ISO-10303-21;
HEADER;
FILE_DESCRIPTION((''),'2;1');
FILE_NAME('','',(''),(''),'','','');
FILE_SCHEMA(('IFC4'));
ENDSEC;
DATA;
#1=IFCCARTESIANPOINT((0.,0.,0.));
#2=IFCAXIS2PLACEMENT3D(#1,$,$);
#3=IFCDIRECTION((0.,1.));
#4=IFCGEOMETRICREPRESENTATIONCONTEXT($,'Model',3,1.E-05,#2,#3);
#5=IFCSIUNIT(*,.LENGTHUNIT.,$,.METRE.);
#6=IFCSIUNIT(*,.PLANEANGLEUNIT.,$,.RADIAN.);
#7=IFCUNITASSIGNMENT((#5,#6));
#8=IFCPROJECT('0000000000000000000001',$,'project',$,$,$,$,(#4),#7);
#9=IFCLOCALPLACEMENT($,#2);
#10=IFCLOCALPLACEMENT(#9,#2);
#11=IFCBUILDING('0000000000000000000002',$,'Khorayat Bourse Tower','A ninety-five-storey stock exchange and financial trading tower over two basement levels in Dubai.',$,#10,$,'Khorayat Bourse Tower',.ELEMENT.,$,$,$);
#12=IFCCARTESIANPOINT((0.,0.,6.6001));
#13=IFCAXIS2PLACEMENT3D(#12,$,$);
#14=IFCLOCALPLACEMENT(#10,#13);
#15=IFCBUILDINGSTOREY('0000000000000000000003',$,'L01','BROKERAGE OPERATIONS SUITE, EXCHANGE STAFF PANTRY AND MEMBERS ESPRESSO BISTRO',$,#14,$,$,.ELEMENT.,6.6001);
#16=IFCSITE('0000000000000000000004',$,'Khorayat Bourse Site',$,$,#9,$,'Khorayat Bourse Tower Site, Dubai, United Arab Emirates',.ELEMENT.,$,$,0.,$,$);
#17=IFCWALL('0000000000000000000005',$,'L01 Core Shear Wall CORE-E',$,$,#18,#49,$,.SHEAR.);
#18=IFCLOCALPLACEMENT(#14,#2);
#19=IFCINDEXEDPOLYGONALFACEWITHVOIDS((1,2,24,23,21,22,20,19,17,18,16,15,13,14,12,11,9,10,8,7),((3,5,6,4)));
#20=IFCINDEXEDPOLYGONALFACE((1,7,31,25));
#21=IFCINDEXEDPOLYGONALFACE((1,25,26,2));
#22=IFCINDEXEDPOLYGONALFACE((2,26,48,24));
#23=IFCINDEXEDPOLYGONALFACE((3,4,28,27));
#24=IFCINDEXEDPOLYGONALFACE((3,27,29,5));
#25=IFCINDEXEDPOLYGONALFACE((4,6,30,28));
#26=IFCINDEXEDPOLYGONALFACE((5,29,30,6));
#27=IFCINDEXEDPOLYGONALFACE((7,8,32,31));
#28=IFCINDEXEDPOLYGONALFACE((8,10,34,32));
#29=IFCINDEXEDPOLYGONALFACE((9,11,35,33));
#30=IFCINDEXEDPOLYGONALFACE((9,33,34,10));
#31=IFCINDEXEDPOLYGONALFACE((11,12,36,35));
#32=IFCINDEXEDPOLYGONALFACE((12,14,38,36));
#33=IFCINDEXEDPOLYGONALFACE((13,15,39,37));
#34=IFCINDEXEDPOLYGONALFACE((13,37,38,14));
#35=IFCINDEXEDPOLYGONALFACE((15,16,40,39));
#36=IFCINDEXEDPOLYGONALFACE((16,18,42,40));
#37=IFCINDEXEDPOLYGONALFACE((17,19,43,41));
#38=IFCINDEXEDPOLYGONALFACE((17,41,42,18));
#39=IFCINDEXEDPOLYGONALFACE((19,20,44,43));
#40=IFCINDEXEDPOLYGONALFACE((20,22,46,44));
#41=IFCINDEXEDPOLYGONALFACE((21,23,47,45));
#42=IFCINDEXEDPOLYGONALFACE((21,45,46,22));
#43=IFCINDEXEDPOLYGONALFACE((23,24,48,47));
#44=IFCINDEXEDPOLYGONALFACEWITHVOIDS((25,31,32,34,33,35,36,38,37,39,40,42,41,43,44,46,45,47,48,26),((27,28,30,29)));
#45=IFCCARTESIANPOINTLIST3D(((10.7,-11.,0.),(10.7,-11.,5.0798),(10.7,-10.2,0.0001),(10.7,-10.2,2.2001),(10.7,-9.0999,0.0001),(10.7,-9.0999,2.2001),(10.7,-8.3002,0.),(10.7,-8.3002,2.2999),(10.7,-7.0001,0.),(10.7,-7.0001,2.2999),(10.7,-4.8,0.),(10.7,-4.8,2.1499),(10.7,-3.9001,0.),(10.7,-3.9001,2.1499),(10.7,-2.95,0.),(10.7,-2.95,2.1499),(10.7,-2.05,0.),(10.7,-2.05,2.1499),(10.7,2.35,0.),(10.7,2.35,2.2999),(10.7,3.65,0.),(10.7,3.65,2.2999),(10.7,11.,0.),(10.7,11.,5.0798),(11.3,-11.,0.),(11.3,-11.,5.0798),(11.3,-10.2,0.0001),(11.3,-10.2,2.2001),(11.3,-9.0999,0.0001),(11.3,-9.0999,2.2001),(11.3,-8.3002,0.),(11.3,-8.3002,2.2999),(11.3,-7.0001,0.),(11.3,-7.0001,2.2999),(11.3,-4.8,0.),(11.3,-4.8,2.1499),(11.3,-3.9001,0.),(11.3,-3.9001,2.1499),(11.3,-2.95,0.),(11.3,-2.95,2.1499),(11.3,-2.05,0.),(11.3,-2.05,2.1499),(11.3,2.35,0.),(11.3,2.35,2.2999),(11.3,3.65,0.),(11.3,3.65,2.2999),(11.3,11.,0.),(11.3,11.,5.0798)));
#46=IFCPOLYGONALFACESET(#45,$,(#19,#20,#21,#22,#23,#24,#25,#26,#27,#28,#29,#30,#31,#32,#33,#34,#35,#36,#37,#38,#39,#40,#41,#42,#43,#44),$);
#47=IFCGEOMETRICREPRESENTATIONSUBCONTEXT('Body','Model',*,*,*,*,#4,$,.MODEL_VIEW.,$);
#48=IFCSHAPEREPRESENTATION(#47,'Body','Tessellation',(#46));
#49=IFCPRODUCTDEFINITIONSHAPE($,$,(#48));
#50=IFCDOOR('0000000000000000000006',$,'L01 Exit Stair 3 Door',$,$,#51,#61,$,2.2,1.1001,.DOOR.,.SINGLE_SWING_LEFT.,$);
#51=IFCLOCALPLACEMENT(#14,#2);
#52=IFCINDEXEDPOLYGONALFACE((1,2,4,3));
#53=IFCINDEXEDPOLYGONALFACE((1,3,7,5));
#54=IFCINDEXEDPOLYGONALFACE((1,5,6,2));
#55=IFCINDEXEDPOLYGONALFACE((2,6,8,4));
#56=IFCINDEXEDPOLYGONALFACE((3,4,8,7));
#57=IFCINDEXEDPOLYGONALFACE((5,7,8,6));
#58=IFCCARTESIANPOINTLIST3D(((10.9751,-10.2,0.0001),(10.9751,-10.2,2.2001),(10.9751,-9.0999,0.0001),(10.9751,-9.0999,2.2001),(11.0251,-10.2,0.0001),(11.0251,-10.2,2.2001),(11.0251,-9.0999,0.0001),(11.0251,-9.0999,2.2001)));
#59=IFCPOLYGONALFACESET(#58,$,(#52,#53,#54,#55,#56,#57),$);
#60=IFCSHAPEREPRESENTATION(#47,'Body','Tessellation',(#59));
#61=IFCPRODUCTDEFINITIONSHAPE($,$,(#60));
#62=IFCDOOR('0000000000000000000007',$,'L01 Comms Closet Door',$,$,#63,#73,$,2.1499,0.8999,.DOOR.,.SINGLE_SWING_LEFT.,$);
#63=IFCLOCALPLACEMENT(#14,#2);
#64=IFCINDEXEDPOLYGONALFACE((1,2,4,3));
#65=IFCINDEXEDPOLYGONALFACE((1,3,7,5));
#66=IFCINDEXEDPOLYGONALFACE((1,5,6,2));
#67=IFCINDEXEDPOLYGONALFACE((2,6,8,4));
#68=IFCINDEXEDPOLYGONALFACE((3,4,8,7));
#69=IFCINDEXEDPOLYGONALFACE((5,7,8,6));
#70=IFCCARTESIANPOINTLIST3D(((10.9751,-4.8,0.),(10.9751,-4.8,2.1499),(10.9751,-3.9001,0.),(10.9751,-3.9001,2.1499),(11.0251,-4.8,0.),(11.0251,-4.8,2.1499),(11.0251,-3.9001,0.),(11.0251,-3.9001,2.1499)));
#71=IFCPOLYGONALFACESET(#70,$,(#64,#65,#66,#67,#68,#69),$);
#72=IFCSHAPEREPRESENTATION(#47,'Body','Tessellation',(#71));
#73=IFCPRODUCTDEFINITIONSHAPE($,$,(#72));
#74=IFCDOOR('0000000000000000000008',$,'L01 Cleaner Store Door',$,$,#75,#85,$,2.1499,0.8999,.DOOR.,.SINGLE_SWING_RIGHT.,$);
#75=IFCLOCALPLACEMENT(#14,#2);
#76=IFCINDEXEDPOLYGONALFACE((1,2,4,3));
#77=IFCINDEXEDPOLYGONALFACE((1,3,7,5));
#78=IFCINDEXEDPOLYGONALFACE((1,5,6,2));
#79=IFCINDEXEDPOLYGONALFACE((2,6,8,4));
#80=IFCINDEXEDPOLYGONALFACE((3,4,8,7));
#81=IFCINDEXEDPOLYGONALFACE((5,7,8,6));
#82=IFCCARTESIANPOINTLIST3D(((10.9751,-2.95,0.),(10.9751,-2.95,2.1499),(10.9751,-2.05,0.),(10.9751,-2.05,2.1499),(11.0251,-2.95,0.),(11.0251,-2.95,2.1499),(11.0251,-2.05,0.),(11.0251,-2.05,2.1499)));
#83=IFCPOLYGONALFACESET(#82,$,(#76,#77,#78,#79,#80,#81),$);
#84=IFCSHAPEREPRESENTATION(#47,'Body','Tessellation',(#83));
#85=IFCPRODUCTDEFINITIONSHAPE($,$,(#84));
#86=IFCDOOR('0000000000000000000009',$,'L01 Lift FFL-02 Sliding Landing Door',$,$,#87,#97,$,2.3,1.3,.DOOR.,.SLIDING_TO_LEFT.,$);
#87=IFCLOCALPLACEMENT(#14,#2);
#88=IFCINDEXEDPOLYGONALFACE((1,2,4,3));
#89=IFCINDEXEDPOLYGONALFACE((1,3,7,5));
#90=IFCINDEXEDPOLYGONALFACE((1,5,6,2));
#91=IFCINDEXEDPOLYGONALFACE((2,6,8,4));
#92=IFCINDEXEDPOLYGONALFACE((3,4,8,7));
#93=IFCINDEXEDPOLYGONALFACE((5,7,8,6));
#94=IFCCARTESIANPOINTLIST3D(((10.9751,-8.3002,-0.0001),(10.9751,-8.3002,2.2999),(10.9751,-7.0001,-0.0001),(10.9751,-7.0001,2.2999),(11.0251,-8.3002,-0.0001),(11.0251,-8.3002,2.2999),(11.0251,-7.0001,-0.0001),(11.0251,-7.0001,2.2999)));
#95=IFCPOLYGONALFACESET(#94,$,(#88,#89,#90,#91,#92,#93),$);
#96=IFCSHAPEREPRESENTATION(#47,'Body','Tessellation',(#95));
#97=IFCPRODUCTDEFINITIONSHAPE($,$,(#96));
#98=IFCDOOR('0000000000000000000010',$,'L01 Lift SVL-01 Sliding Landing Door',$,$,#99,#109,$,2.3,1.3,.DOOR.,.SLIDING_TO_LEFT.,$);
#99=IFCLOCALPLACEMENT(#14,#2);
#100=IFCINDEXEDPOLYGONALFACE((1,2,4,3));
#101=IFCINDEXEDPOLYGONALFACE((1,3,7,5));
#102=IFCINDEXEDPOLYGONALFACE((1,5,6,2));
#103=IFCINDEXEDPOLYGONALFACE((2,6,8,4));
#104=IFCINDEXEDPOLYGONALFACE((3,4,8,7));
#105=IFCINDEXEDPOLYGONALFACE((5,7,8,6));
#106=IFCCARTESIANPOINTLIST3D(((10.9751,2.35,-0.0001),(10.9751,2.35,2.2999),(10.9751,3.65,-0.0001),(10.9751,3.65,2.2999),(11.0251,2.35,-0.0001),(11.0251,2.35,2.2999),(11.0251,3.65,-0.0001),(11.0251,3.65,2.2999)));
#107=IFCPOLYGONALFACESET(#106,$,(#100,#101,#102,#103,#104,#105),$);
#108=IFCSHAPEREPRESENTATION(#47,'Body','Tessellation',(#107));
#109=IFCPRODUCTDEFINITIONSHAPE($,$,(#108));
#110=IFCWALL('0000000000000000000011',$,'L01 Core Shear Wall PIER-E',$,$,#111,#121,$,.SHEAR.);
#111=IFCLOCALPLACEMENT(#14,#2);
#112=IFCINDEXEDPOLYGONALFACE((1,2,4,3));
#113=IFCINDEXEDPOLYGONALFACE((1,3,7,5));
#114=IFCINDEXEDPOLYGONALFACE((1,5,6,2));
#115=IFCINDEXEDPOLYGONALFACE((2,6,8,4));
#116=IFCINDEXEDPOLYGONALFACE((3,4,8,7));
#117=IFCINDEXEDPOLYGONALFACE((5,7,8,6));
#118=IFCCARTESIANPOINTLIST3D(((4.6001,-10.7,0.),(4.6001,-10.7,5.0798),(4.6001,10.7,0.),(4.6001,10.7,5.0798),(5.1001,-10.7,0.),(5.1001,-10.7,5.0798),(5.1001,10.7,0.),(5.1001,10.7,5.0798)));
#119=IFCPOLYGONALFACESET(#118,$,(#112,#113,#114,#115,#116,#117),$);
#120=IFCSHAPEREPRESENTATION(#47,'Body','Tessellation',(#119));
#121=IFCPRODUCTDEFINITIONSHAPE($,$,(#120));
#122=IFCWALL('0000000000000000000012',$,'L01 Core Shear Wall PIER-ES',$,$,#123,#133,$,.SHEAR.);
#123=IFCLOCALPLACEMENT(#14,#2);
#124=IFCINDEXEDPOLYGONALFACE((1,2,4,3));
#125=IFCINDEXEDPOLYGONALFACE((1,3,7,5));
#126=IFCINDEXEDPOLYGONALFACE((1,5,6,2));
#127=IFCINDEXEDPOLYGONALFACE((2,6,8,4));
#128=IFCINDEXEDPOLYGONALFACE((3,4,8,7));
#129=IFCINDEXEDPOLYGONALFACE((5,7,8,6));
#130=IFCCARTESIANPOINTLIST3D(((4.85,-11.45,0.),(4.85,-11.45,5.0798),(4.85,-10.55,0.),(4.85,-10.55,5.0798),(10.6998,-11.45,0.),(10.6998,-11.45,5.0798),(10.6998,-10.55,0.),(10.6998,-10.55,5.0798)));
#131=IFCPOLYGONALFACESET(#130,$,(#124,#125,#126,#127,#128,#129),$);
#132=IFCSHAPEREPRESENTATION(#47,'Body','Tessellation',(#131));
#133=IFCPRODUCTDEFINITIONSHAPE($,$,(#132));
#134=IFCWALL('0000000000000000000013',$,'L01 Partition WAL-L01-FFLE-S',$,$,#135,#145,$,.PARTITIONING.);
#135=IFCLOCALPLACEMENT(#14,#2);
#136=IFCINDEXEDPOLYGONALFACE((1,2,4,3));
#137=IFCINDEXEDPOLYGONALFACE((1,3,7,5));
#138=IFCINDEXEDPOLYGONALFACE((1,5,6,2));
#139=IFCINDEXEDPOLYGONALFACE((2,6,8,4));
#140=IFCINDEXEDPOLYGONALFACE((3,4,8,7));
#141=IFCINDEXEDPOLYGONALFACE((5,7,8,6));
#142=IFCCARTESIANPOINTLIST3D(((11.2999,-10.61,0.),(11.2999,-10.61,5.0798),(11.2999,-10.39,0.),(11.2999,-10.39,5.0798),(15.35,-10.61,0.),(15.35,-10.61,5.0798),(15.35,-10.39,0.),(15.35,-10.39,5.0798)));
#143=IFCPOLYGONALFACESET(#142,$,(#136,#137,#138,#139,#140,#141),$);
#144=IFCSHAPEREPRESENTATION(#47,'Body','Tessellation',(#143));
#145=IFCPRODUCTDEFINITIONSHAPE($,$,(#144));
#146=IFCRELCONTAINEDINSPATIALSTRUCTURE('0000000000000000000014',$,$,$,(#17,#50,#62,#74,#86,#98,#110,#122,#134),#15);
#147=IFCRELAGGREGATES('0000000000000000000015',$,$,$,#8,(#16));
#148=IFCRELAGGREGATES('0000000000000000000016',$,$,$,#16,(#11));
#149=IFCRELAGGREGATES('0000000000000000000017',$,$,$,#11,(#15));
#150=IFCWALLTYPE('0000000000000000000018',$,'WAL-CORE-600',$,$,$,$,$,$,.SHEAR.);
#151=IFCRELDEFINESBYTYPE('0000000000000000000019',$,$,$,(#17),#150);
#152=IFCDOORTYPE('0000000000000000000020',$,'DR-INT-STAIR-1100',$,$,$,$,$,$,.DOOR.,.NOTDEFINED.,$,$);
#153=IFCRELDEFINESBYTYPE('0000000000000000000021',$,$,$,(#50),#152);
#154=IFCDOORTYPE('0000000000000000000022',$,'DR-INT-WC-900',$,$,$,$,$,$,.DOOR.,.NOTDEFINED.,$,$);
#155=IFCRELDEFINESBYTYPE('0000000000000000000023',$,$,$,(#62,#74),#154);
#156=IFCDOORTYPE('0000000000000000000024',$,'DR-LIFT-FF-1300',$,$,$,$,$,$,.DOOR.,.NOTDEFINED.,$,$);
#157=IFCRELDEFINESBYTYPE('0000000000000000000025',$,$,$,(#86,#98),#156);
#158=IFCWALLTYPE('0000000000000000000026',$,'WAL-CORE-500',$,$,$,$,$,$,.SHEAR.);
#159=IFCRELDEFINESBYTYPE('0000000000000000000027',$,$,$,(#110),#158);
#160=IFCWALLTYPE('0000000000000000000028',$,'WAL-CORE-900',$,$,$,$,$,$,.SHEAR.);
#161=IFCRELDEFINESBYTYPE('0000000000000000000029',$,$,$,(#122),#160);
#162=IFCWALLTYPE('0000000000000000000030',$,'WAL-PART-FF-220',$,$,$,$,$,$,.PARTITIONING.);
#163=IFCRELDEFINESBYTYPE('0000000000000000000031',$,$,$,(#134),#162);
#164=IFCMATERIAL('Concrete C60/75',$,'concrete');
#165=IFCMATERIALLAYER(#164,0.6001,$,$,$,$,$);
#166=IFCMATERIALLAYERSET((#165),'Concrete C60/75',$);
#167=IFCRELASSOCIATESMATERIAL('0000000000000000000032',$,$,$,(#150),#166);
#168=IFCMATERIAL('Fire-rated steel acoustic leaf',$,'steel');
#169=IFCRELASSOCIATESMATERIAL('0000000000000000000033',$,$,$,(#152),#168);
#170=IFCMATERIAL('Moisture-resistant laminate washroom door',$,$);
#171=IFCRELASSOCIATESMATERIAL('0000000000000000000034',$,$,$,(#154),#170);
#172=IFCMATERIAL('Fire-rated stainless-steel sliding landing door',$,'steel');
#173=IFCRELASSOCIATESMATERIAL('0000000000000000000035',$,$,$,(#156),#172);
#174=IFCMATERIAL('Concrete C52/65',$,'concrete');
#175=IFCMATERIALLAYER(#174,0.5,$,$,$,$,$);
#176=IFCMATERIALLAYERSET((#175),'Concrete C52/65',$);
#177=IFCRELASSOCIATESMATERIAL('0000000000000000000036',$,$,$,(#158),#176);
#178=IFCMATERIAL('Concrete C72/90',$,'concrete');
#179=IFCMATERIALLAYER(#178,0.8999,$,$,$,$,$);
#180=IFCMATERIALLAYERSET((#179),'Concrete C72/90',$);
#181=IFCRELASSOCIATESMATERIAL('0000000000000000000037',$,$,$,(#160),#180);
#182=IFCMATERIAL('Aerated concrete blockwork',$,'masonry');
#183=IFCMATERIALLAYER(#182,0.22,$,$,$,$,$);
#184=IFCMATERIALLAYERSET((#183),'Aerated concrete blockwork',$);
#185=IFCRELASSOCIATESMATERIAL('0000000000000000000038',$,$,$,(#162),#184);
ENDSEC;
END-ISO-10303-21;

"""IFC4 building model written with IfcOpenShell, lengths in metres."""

from ifc_helpers import new_model, si_unit, direction, frame, frame_2d, origin, place, context, subcontext, project, spatial, rectangle, extrude, source, transform, mapped, material, layer, layer_set, type_object, element, fill, save


model = new_model("IFC4")

# Units and contexts
model_context = context("Model", 3, precision=1e-05, world=origin(), true_north=direction((0.0, 1.0)))
body_context = subcontext(model_context, "Body", "Model", "MODEL_VIEW")
ifc_project = project(units=[si_unit("LENGTHUNIT", "METRE"), si_unit("PLANEANGLEUNIT", "RADIAN")], contexts=[model_context])

# Site, building, storey
site_placement = place(None, origin())
site = spatial("IfcSite", under=ifc_project, at=site_placement, Name="Khorayat Bourse Site", LongName="Khorayat Bourse Tower Site, Dubai, United Arab Emirates", CompositionType="ELEMENT", RefElevation=0.0)
building_placement = place(site_placement, origin())
building = spatial("IfcBuilding", under=site, at=building_placement, Name="Khorayat Bourse Tower", Description="A ninety-five-storey stock exchange and financial trading tower over two basement levels in Dubai.", LongName="Khorayat Bourse Tower", CompositionType="ELEMENT")
storey_placement = place(building_placement, frame((0.0, 0.0, 6.6001)))
storey = spatial("IfcBuildingStorey", under=building, at=storey_placement, Name="L01", Description="BROKERAGE OPERATIONS SUITE, EXCHANGE STAFF PANTRY AND MEMBERS ESPRESSO BISTRO", CompositionType="ELEMENT", Elevation=6.6001)

# Shared definitions
ifc_material_1 = material(Name="Concrete C72/90", Category="concrete")

# Wall, openings, doors
ifc_material_2 = material(Name="Concrete C60/75", Category="concrete")
ifc_layer_1 = layer(ifc_material_2, 0.6001)
ifc_layer_set_1 = layer_set([ifc_layer_1], Name="Concrete C60/75")
wall_type_1 = type_object("IfcWallType", Name="WAL-CORE-600", PredefinedType="SHEAR", material=ifc_layer_set_1)
shared_shape_1 = source(origin(), body_context, "Body", "SweptSolid", [
    extrude(rectangle(XDim=22.0, YDim=0.6001, at=frame_2d((11.0, 0.0))), origin(), (0.0, 0.0, 1.0), 5.0798),
])
wall_1_placement = place(storey_placement, frame((11.0, -11.0, 0.0), z_axis=(0.0, 0.0, 1.0), x_axis=(0.0, 1.0, 0.0)))
wall_1 = element("IfcWall", 1, at=wall_1_placement, inside=storey, type_object=wall_type_1, Name="L01 Core Shear Wall CORE-E", PredefinedType="SHEAR", context=body_context, shape_type="MappedRepresentation", body=[
    mapped(shared_shape_1, transform((0.0, 0.0, 0.0), scale=1.0)),
])
shared_shape_2 = source(origin(), body_context, "Body", "SweptSolid", [
    extrude(rectangle(XDim=1.1001, YDim=2.2, at=frame_2d((0.55, 1.1001))), frame((0.0, 0.3101, 0.0), z_axis=(0.0, -1.0, 0.0), x_axis=(1.0, 0.0, 0.0)), (0.0, 0.0, 1.0), 0.6201),
])
opening_1_placement = place(wall_1_placement, frame((0.8, 0.0, 0.0)))
opening_1 = element("IfcOpeningElement", 2, at=opening_1_placement, cuts=wall_1, PredefinedType="OPENING", context=body_context, shape_type="MappedRepresentation", body=[
    mapped(shared_shape_2, transform((0.0, 0.0, 0.0), scale=1.0)),
])
shared_shape_3 = source(origin(), body_context, "Body", "SweptSolid", [
    extrude(rectangle(XDim=0.8999, YDim=2.1499, at=frame_2d((0.45, 1.075))), frame((0.0, 0.3101, 0.0), z_axis=(0.0, -1.0, 0.0), x_axis=(1.0, 0.0, 0.0)), (0.0, 0.0, 1.0), 0.6201),
])
opening_2_placement = place(wall_1_placement, frame((6.2, 0.0, 0.0)))
opening_2 = element("IfcOpeningElement", 3, at=opening_2_placement, cuts=wall_1, PredefinedType="OPENING", context=body_context, shape_type="MappedRepresentation", body=[
    mapped(shared_shape_3, transform((0.0, 0.0, 0.0), scale=1.0)),
])
opening_3_placement = place(wall_1_placement, frame((8.05, 0.0, 0.0)))
opening_3 = element("IfcOpeningElement", 4, at=opening_3_placement, cuts=wall_1, PredefinedType="OPENING", context=body_context, shape_type="MappedRepresentation", body=[
    mapped(shared_shape_3, transform((0.0, 0.0, 0.0), scale=1.0)),
])
shared_shape_4 = source(origin(), body_context, "Body", "SweptSolid", [
    extrude(rectangle(XDim=1.3, YDim=2.3, at=frame_2d((0.6499, 1.1499))), frame((0.0, 0.3101, 0.0), z_axis=(0.0, -1.0, 0.0), x_axis=(1.0, 0.0, 0.0)), (0.0, 0.0, 1.0), 0.6201),
])
opening_4_placement = place(wall_1_placement, frame((2.7, 0.0, 0.0)))
opening_4 = element("IfcOpeningElement", 5, at=opening_4_placement, cuts=wall_1, PredefinedType="OPENING", context=body_context, shape_type="MappedRepresentation", body=[
    mapped(shared_shape_4, transform((0.0, 0.0, 0.0), scale=1.0)),
])
opening_5_placement = place(wall_1_placement, frame((13.3501, 0.0, 0.0)))
opening_5 = element("IfcOpeningElement", 6, at=opening_5_placement, cuts=wall_1, PredefinedType="OPENING", context=body_context, shape_type="MappedRepresentation", body=[
    mapped(shared_shape_4, transform((0.0, 0.0, 0.0), scale=1.0)),
])
ifc_material_3 = material(Name="Fire-rated steel acoustic leaf", Category="steel")
door_type_1 = type_object("IfcDoorType", Name="DR-INT-STAIR-1100", OperationType="NOTDEFINED", PredefinedType="DOOR", material=ifc_material_3)
shared_shape_5 = source(origin(), body_context, "Body", "SweptSolid", [
    extrude(rectangle(XDim=1.1001, YDim=2.2, at=frame_2d((0.55, 1.1001))), frame((0.0, 0.0249, 0.0), z_axis=(0.0, -1.0, 0.0), x_axis=(1.0, 0.0, 0.0)), (0.0, 0.0, 1.0), 0.05),
])
door_1_placement = place(opening_1_placement, origin())
door_1 = element("IfcDoor", 7, at=door_1_placement, inside=storey, type_object=door_type_1, Name="L01 Exit Stair 3 Door", OperationType="SINGLE_SWING_LEFT", OverallHeight=2.2, OverallWidth=1.1001, PredefinedType="DOOR", context=body_context, shape_type="MappedRepresentation", body=[
    mapped(shared_shape_5, transform((0.0, 0.0, 0.0), scale=1.0)),
])
fill(opening_1, door_1)
ifc_material_4 = material(Name="Moisture-resistant laminate washroom door")
door_type_2 = type_object("IfcDoorType", Name="DR-INT-WC-900", OperationType="NOTDEFINED", PredefinedType="DOOR", material=ifc_material_4)
shared_shape_6 = source(origin(), body_context, "Body", "SweptSolid", [
    extrude(rectangle(XDim=0.8999, YDim=2.1499, at=frame_2d((0.45, 1.075))), frame((0.0, 0.0249, 0.0), z_axis=(0.0, -1.0, 0.0), x_axis=(1.0, 0.0, 0.0)), (0.0, 0.0, 1.0), 0.05),
])
door_2_placement = place(opening_2_placement, origin())
door_2 = element("IfcDoor", 8, at=door_2_placement, inside=storey, type_object=door_type_2, Name="L01 Comms Closet Door", OperationType="SINGLE_SWING_LEFT", OverallHeight=2.1499, OverallWidth=0.8999, PredefinedType="DOOR", context=body_context, shape_type="MappedRepresentation", body=[
    mapped(shared_shape_6, transform((0.0, 0.0, 0.0), scale=1.0)),
])
fill(opening_2, door_2)
door_3_placement = place(opening_3_placement, origin())
door_3 = element("IfcDoor", 9, at=door_3_placement, inside=storey, type_object=door_type_2, Name="L01 Cleaner Store Door", OperationType="SINGLE_SWING_RIGHT", OverallHeight=2.1499, OverallWidth=0.8999, PredefinedType="DOOR", context=body_context, shape_type="MappedRepresentation", body=[
    mapped(shared_shape_6, transform((0.0, 0.0, 0.0), scale=1.0)),
])
fill(opening_3, door_3)
ifc_material_5 = material(Name="Fire-rated stainless-steel sliding landing door", Category="steel")
door_type_3 = type_object("IfcDoorType", Name="DR-LIFT-FF-1300", OperationType="NOTDEFINED", PredefinedType="DOOR", material=ifc_material_5)
shared_shape_7 = source(origin(), body_context, "Body", "SweptSolid", [
    extrude(rectangle(XDim=1.3, YDim=2.3, at=frame_2d((0.6499, 1.1499))), frame((0.0, 0.0249, 0.0), z_axis=(0.0, -1.0, 0.0), x_axis=(1.0, 0.0, 0.0)), (0.0, 0.0, 1.0), 0.05),
])
door_4_placement = place(opening_4_placement, origin())
door_4 = element("IfcDoor", 10, at=door_4_placement, inside=storey, type_object=door_type_3, Name="L01 Lift FFL-02 Sliding Landing Door", OperationType="SLIDING_TO_LEFT", OverallHeight=2.3, OverallWidth=1.3, PredefinedType="DOOR", context=body_context, shape_type="MappedRepresentation", body=[
    mapped(shared_shape_7, transform((0.0, 0.0, 0.0), scale=1.0)),
])
fill(opening_4, door_4)
door_5_placement = place(opening_5_placement, origin())
door_5 = element("IfcDoor", 11, at=door_5_placement, inside=storey, type_object=door_type_3, Name="L01 Lift SVL-01 Sliding Landing Door", OperationType="SLIDING_TO_LEFT", OverallHeight=2.3, OverallWidth=1.3, PredefinedType="DOOR", context=body_context, shape_type="MappedRepresentation", body=[
    mapped(shared_shape_7, transform((0.0, 0.0, 0.0), scale=1.0)),
])
fill(opening_5, door_5)

# Walls
ifc_material_6 = material(Name="Concrete C52/65", Category="concrete")
ifc_layer_2 = layer(ifc_material_6, 0.5)
ifc_layer_set_2 = layer_set([ifc_layer_2], Name="Concrete C52/65")
wall_type_2 = type_object("IfcWallType", Name="WAL-CORE-500", PredefinedType="SHEAR", material=ifc_layer_set_2)
shared_shape_8 = source(origin(), body_context, "Body", "SweptSolid", [
    extrude(rectangle(XDim=21.3999, YDim=0.5, at=frame_2d((10.7, 0.0))), origin(), (0.0, 0.0, 1.0), 5.0798),
])
wall_2_placement = place(storey_placement, frame((4.8501, -10.7, 0.0), z_axis=(0.0, 0.0, 1.0), x_axis=(0.0, 1.0, 0.0)))
element("IfcWall", 12, at=wall_2_placement, inside=storey, type_object=wall_type_2, Name="L01 Core Shear Wall PIER-E", PredefinedType="SHEAR", context=body_context, shape_type="MappedRepresentation", body=[
    mapped(shared_shape_8, transform((0.0, 0.0, 0.0), scale=1.0)),
])
ifc_layer_3 = layer(ifc_material_1, 0.8999)
ifc_layer_set_3 = layer_set([ifc_layer_3], Name="Concrete C72/90")
wall_type_3 = type_object("IfcWallType", Name="WAL-CORE-900", PredefinedType="SHEAR", material=ifc_layer_set_3)
shared_shape_9 = source(origin(), body_context, "Body", "SweptSolid", [
    extrude(rectangle(XDim=5.8499, YDim=0.8999, at=frame_2d((2.9248, 0.0))), origin(), (0.0, 0.0, 1.0), 5.0798),
])
wall_3_placement = place(storey_placement, frame((4.8501, -11.0, 0.0), z_axis=(0.0, 0.0, 1.0), x_axis=(1.0, 0.0, 0.0)))
element("IfcWall", 13, at=wall_3_placement, inside=storey, type_object=wall_type_3, Name="L01 Core Shear Wall PIER-ES", PredefinedType="SHEAR", context=body_context, shape_type="MappedRepresentation", body=[
    mapped(shared_shape_9, transform((0.0, 0.0, 0.0), scale=1.0)),
])
ifc_material_7 = material(Name="Aerated concrete blockwork", Category="masonry")
ifc_layer_4 = layer(ifc_material_7, 0.22)
ifc_layer_set_4 = layer_set([ifc_layer_4], Name="Aerated concrete blockwork")
wall_type_4 = type_object("IfcWallType", Name="WAL-PART-FF-220", PredefinedType="PARTITIONING", material=ifc_layer_set_4)
shared_shape_10 = source(origin(), body_context, "Body", "SweptSolid", [
    extrude(rectangle(XDim=4.05, YDim=0.22, at=frame_2d((2.0249, 0.0))), origin(), (0.0, 0.0, 1.0), 5.0798),
])
wall_4_placement = place(storey_placement, frame((11.3, -10.5, 0.0), z_axis=(0.0, 0.0, 1.0), x_axis=(1.0, 0.0, 0.0)))
element("IfcWall", 14, at=wall_4_placement, inside=storey, type_object=wall_type_4, Name="L01 Partition WAL-L01-FFLE-S", PredefinedType="PARTITIONING", context=body_context, shape_type="MappedRepresentation", body=[
    mapped(shared_shape_10, transform((0.0, 0.0, 0.0), scale=1.0)),
])

save(model, "model.ifc")
